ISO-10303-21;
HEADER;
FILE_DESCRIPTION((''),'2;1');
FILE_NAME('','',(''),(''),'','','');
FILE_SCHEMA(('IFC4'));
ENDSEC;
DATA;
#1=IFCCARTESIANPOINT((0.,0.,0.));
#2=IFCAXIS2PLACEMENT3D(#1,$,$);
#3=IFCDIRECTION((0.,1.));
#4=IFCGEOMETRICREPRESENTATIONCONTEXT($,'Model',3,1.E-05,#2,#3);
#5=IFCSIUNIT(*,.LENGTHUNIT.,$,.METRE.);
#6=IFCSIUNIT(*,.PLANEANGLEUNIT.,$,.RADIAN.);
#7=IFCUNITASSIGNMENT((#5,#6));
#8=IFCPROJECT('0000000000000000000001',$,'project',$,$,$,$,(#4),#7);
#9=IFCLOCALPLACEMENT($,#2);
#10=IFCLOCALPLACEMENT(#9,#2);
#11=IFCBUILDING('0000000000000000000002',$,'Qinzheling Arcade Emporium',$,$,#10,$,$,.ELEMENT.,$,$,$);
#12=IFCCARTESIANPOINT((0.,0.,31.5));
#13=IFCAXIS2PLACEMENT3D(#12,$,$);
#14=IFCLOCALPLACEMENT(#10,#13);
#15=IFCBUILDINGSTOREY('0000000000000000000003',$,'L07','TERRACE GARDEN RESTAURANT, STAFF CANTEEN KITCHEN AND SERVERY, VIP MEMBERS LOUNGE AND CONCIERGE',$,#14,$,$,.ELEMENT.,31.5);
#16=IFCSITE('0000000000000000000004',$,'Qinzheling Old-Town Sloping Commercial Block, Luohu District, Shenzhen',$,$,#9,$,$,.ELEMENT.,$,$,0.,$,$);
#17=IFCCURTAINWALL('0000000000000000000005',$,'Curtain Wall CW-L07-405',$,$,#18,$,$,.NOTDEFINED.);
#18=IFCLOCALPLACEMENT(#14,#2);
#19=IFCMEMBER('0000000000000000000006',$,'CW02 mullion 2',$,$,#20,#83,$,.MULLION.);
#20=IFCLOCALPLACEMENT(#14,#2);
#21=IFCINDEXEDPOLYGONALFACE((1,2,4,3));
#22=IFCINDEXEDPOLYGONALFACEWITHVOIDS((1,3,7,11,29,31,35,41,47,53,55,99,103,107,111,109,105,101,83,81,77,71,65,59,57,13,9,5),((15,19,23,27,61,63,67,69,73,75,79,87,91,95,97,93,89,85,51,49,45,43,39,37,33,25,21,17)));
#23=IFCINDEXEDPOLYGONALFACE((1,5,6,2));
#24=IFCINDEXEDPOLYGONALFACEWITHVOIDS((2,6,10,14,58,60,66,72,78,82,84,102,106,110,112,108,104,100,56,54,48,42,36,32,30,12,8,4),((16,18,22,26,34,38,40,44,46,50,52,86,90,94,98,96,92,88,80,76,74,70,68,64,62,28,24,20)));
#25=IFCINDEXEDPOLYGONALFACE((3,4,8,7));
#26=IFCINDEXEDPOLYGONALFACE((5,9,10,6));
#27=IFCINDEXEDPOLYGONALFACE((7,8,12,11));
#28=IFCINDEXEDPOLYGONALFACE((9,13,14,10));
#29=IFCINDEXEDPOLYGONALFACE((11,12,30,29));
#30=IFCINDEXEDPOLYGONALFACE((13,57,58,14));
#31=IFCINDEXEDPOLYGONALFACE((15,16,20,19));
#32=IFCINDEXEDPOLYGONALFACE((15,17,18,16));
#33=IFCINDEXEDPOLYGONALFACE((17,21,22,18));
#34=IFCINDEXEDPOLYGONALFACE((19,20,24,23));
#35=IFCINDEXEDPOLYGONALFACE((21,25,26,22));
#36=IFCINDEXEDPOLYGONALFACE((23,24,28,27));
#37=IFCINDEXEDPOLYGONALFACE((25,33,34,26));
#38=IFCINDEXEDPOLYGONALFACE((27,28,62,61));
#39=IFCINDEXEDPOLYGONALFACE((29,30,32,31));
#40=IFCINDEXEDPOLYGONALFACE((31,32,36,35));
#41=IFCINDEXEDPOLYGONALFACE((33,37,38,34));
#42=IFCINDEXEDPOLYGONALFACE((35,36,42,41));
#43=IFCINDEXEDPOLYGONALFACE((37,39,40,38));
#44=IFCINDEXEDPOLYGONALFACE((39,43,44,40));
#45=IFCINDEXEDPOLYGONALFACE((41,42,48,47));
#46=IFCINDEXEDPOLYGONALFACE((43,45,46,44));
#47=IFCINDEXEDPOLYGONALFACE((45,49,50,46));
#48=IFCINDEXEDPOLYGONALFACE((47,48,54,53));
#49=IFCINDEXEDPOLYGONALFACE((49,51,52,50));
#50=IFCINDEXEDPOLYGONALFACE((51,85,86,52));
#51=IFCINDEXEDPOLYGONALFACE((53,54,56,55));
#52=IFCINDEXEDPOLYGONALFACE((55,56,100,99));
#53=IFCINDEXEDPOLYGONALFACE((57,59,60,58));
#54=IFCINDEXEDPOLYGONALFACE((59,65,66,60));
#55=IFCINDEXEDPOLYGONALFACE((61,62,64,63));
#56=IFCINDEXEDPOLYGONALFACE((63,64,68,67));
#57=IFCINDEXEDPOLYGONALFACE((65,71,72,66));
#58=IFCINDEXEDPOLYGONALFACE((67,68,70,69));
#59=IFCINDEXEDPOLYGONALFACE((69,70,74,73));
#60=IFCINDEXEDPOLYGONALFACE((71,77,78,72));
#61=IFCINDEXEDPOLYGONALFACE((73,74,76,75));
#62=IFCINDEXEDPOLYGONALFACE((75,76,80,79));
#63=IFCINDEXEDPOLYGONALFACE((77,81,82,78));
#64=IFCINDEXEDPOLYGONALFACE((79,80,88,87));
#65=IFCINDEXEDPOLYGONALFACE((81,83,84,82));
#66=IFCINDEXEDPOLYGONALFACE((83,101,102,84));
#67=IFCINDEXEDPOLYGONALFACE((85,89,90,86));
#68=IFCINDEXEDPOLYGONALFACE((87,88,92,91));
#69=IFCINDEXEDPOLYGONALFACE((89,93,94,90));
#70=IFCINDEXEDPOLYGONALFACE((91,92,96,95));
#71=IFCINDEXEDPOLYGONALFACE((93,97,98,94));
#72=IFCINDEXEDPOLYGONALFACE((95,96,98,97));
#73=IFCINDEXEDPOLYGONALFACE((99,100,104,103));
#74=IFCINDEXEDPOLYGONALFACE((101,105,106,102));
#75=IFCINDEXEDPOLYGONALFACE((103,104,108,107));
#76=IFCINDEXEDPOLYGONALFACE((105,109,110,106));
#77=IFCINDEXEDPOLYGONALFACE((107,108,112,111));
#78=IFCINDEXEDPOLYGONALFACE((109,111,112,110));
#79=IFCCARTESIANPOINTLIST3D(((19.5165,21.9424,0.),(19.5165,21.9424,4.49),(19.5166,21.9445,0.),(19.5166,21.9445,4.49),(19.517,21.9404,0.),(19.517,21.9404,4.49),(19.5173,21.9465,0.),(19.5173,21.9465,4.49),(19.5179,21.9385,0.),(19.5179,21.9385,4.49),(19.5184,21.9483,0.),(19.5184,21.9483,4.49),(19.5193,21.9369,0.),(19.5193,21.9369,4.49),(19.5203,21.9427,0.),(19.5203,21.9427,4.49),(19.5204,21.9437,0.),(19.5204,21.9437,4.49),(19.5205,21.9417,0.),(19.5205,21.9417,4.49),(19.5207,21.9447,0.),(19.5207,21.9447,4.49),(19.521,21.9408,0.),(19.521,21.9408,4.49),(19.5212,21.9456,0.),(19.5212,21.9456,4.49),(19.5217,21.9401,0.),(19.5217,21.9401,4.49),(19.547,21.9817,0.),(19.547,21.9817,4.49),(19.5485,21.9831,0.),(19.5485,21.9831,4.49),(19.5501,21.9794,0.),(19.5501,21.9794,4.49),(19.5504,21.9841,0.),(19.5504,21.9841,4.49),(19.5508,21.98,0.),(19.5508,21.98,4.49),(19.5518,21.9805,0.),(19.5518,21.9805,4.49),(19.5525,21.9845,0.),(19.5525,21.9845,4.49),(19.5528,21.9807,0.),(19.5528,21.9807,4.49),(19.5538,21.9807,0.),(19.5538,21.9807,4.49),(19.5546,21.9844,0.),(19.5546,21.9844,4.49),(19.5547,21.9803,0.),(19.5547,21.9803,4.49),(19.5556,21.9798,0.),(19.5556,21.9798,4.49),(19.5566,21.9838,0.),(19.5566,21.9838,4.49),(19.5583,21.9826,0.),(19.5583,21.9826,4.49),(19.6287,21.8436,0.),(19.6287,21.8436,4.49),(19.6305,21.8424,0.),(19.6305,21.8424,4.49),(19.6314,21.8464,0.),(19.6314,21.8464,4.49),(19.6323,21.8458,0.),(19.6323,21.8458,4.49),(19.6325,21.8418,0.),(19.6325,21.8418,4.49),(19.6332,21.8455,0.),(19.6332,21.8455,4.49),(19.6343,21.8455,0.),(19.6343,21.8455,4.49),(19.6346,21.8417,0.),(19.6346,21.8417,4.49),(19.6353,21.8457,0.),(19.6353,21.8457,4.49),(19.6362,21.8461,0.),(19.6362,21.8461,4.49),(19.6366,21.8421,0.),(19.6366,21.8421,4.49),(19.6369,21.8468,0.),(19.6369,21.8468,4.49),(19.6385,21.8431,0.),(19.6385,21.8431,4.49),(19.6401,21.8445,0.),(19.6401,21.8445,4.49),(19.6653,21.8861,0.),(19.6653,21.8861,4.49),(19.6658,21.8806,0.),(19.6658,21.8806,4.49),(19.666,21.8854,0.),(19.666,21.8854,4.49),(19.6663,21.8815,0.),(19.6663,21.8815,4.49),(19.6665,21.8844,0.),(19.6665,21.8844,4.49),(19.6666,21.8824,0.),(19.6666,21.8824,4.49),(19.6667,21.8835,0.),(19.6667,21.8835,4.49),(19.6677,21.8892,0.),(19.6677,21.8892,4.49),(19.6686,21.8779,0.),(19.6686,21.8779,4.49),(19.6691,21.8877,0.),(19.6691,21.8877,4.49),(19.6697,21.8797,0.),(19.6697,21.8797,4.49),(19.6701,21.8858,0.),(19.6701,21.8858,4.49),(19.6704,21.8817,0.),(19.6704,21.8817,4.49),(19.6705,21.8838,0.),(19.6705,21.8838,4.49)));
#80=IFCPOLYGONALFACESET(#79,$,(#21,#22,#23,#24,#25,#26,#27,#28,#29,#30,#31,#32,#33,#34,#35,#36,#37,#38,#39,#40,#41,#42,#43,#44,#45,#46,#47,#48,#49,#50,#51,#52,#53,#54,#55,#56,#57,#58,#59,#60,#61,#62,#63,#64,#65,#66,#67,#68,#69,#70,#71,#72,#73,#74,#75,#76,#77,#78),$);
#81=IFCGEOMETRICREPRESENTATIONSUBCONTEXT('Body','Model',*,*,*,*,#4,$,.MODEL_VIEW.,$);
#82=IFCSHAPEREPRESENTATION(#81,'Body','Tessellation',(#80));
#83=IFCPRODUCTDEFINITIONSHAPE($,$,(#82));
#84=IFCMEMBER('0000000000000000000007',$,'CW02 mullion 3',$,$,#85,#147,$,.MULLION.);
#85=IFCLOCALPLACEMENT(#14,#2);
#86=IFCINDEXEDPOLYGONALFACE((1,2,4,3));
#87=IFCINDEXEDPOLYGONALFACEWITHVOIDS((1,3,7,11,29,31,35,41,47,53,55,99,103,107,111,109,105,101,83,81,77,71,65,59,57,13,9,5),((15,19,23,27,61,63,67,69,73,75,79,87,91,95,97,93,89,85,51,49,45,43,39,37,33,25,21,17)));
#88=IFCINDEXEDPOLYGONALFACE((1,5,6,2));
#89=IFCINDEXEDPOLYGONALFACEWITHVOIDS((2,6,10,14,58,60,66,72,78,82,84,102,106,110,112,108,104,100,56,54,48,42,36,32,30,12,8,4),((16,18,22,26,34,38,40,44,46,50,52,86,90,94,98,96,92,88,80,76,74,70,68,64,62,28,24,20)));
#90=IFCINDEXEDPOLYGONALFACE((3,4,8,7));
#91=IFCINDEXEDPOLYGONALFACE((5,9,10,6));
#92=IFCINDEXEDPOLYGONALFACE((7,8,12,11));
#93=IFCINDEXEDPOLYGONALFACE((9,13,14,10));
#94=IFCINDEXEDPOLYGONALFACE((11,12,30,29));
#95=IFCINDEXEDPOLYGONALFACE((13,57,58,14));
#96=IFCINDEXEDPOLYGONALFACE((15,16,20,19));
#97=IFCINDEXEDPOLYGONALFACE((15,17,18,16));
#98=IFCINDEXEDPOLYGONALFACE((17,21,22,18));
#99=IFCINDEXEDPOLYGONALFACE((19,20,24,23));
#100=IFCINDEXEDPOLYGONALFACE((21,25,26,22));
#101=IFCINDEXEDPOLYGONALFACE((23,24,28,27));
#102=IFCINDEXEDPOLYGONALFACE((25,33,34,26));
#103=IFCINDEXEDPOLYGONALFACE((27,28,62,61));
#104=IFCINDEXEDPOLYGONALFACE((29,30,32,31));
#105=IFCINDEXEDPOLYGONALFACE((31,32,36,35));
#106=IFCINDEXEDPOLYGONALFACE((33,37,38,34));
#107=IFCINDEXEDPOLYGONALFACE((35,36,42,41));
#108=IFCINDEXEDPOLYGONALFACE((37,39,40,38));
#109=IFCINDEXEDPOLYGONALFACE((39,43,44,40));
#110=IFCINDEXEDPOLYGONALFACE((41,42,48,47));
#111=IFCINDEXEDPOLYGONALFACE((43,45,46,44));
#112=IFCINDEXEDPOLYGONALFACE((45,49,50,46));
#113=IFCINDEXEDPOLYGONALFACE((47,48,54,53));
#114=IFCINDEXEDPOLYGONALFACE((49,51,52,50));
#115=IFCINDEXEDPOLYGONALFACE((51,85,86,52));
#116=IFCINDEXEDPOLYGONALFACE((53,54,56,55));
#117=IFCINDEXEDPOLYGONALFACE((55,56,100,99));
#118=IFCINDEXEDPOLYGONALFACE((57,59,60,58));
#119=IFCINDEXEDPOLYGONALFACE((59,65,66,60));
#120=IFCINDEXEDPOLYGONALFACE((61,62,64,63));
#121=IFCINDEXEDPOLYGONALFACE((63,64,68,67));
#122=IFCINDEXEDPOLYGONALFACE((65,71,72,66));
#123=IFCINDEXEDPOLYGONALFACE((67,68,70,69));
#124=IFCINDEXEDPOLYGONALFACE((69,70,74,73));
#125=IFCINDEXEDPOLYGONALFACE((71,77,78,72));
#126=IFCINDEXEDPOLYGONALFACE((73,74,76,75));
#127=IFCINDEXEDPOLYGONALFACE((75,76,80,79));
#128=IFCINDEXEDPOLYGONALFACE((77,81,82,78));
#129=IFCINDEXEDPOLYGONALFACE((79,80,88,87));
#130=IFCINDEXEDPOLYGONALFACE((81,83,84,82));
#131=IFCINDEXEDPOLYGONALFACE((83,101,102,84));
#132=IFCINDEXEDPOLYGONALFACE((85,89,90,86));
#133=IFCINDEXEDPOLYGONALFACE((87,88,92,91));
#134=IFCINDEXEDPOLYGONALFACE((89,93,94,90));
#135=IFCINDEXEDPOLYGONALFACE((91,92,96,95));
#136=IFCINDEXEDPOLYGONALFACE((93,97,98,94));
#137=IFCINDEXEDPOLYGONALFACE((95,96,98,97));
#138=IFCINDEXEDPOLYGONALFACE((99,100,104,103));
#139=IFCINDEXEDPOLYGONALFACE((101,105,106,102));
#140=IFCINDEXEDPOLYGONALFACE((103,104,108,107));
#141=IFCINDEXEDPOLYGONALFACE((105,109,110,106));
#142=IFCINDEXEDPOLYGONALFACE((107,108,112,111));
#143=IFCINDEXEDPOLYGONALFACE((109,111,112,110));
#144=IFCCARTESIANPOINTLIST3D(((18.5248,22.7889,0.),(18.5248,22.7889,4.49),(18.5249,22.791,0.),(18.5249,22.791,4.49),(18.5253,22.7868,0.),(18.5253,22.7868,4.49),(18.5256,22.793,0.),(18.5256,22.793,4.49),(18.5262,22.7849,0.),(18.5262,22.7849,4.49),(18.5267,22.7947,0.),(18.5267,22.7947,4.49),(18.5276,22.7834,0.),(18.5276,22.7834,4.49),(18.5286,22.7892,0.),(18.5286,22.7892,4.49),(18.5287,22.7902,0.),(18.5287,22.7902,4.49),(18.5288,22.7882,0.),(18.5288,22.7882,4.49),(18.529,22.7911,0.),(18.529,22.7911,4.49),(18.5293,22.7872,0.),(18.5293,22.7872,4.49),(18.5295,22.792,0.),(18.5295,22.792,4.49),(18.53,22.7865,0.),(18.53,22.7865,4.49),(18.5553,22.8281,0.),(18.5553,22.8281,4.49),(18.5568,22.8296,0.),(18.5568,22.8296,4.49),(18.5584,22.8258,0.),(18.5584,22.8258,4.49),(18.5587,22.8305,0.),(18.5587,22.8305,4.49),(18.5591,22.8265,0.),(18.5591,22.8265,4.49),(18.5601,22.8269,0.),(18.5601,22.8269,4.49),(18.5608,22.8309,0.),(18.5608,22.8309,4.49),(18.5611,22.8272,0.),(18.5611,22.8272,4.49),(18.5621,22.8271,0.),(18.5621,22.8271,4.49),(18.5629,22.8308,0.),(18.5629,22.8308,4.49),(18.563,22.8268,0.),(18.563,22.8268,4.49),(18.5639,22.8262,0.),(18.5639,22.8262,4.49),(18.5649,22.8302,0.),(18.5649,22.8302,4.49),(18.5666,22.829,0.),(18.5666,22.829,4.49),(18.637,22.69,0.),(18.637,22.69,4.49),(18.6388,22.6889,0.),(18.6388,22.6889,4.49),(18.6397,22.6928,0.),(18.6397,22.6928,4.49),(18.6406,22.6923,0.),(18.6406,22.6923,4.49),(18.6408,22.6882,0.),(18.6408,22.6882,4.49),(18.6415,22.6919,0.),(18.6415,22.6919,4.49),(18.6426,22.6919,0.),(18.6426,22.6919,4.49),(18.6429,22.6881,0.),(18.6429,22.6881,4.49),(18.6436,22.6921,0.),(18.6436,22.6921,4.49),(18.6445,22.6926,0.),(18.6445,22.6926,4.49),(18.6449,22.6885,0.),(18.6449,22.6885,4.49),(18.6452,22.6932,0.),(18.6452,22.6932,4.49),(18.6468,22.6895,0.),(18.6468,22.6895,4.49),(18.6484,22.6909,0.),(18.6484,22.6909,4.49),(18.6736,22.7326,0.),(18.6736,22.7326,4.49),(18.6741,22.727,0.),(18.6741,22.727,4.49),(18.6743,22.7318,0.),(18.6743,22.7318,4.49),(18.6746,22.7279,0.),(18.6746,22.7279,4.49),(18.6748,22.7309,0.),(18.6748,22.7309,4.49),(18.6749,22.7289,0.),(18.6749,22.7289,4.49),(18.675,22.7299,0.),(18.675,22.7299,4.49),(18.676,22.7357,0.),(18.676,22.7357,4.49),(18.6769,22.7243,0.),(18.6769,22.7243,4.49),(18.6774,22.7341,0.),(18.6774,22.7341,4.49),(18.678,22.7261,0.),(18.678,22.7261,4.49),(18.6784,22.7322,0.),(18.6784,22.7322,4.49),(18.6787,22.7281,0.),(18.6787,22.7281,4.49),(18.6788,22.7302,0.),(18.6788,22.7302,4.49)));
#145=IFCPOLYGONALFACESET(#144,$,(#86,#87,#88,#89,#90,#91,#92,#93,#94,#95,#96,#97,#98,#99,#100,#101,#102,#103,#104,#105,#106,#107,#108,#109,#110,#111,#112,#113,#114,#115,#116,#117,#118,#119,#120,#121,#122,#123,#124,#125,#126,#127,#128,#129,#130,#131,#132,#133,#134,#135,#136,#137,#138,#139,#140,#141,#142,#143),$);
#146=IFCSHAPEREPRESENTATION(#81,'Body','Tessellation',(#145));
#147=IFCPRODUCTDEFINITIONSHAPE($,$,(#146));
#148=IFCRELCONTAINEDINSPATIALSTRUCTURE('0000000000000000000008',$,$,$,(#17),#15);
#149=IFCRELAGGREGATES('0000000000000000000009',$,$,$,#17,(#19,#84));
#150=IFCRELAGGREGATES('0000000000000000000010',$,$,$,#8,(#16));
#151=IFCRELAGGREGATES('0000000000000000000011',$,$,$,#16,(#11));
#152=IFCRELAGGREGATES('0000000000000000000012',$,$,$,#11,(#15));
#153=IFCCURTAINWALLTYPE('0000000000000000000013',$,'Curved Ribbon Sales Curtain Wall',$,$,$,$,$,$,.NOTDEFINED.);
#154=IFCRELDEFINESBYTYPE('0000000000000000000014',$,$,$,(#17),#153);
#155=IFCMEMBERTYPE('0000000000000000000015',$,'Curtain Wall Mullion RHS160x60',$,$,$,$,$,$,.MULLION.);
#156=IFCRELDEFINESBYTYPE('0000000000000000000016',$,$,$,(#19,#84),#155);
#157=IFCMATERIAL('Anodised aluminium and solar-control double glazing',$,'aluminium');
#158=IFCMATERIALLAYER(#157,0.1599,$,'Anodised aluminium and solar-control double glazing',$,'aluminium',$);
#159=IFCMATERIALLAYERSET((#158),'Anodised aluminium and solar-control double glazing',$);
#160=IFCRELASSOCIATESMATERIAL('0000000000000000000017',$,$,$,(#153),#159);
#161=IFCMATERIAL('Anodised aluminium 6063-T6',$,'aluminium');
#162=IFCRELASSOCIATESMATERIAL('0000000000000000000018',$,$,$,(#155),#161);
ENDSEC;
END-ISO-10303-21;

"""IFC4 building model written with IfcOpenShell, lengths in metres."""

from ifc_helpers import new_model, si_unit, direction, frame, origin, origin_2d, place, context, subcontext, project, spatial, hollow_rectangle, extrude, material, layer, layer_set, material_profile, profile_set, type_object, element, aggregate, save


model = new_model("IFC4")

# Units and contexts
model_context = context("Model", 3, precision=1e-05, world=origin(), true_north=direction((0.0, 1.0)))
body_context = subcontext(model_context, "Body", "Model", "MODEL_VIEW")
ifc_project = project(units=[si_unit("LENGTHUNIT", "METRE"), si_unit("PLANEANGLEUNIT", "RADIAN")], contexts=[model_context])

# Site, building, storey
site_placement = place(None, origin())
site = spatial("IfcSite", under=ifc_project, at=site_placement, Name="Qinzheling Old-Town Sloping Commercial Block, Luohu District, Shenzhen", CompositionType="ELEMENT", RefElevation=0.0)
building_placement = place(site_placement, origin())
building = spatial("IfcBuilding", under=site, at=building_placement, Name="Qinzheling Arcade Emporium", CompositionType="ELEMENT")
storey_placement = place(building_placement, frame((0.0, 0.0, 31.5)))
storey = spatial("IfcBuildingStorey", under=building, at=storey_placement, Name="L07", Description="TERRACE GARDEN RESTAURANT, STAFF CANTEEN KITCHEN AND SERVERY, VIP MEMBERS LOUNGE AND CONCIERGE", CompositionType="ELEMENT", Elevation=31.5)

# Shared definitions
ifc_material_1 = material(Name="Anodised aluminium and solar-control double glazing", Category="aluminium")
ifc_layer_1 = layer(ifc_material_1, 0.1599, Name="Anodised aluminium and solar-control double glazing", Category="aluminium")
ifc_layer_set_1 = layer_set([ifc_layer_1], Name="Anodised aluminium and solar-control double glazing")
curtain_wall_type = type_object("IfcCurtainWallType", Name="Curved Ribbon Sales Curtain Wall", PredefinedType="NOTDEFINED", material=ifc_layer_set_1)
ifc_material_2 = material(Name="Anodised aluminium 6063-T6", Category="aluminium")
ifc_material_profile_1 = material_profile(ifc_material_2, hollow_rectangle(XDim=0.0601, YDim=0.1599, WallThickness=0.0039, InnerFilletRadius=0.0039, OuterFilletRadius=0.0081, at=origin_2d()), Name="RHS 160x60x4", Category="aluminium")
ifc_profile_set_1 = profile_set([ifc_material_profile_1], Name="Anodised aluminium 6063-T6")
member_type_1 = type_object("IfcMemberType", Name="Curtain Wall Mullion RHS160x60", PredefinedType="MULLION", material=ifc_profile_set_1)

# Curtain wall, members
curtain_wall_1_placement = place(storey_placement, origin())
curtain_wall_1 = element("IfcCurtainWall", 1, at=curtain_wall_1_placement, inside=storey, type_object=curtain_wall_type, Name="Curtain Wall CW-L07-405", PredefinedType="NOTDEFINED")
member_1_placement = place(storey_placement, frame((19.5935, 21.9131, 0.0), z_axis=(0.0, 0.0, 1.0), x_axis=(-0.649247, -0.760578, 0.0)))
member_1 = element("IfcMember", 2, at=member_1_placement, type_object=member_type_1, Name="CW02 mullion 2", PredefinedType="MULLION", context=body_context, shape_type="SweptSolid", body=[
    extrude(hollow_rectangle(XDim=0.0601, YDim=0.1599, WallThickness=0.0039, InnerFilletRadius=0.0039, OuterFilletRadius=0.0081, at=origin_2d()), origin(), (0.0, 0.0, 1.0), 4.49),
])
member_2_placement = place(storey_placement, frame((18.6018, 22.7595, 0.0), z_axis=(0.0, 0.0, 1.0), x_axis=(-0.649247, -0.760578, 0.0)))
member_2 = element("IfcMember", 3, at=member_2_placement, type_object=member_type_1, Name="CW02 mullion 3", PredefinedType="MULLION", context=body_context, shape_type="SweptSolid", body=[
    extrude(hollow_rectangle(XDim=0.0601, YDim=0.1599, WallThickness=0.0039, InnerFilletRadius=0.0039, OuterFilletRadius=0.0081, at=origin_2d()), origin(), (0.0, 0.0, 1.0), 4.49),
])

aggregate(curtain_wall_1, [member_1, member_2])

save(model, "model.ifc")
